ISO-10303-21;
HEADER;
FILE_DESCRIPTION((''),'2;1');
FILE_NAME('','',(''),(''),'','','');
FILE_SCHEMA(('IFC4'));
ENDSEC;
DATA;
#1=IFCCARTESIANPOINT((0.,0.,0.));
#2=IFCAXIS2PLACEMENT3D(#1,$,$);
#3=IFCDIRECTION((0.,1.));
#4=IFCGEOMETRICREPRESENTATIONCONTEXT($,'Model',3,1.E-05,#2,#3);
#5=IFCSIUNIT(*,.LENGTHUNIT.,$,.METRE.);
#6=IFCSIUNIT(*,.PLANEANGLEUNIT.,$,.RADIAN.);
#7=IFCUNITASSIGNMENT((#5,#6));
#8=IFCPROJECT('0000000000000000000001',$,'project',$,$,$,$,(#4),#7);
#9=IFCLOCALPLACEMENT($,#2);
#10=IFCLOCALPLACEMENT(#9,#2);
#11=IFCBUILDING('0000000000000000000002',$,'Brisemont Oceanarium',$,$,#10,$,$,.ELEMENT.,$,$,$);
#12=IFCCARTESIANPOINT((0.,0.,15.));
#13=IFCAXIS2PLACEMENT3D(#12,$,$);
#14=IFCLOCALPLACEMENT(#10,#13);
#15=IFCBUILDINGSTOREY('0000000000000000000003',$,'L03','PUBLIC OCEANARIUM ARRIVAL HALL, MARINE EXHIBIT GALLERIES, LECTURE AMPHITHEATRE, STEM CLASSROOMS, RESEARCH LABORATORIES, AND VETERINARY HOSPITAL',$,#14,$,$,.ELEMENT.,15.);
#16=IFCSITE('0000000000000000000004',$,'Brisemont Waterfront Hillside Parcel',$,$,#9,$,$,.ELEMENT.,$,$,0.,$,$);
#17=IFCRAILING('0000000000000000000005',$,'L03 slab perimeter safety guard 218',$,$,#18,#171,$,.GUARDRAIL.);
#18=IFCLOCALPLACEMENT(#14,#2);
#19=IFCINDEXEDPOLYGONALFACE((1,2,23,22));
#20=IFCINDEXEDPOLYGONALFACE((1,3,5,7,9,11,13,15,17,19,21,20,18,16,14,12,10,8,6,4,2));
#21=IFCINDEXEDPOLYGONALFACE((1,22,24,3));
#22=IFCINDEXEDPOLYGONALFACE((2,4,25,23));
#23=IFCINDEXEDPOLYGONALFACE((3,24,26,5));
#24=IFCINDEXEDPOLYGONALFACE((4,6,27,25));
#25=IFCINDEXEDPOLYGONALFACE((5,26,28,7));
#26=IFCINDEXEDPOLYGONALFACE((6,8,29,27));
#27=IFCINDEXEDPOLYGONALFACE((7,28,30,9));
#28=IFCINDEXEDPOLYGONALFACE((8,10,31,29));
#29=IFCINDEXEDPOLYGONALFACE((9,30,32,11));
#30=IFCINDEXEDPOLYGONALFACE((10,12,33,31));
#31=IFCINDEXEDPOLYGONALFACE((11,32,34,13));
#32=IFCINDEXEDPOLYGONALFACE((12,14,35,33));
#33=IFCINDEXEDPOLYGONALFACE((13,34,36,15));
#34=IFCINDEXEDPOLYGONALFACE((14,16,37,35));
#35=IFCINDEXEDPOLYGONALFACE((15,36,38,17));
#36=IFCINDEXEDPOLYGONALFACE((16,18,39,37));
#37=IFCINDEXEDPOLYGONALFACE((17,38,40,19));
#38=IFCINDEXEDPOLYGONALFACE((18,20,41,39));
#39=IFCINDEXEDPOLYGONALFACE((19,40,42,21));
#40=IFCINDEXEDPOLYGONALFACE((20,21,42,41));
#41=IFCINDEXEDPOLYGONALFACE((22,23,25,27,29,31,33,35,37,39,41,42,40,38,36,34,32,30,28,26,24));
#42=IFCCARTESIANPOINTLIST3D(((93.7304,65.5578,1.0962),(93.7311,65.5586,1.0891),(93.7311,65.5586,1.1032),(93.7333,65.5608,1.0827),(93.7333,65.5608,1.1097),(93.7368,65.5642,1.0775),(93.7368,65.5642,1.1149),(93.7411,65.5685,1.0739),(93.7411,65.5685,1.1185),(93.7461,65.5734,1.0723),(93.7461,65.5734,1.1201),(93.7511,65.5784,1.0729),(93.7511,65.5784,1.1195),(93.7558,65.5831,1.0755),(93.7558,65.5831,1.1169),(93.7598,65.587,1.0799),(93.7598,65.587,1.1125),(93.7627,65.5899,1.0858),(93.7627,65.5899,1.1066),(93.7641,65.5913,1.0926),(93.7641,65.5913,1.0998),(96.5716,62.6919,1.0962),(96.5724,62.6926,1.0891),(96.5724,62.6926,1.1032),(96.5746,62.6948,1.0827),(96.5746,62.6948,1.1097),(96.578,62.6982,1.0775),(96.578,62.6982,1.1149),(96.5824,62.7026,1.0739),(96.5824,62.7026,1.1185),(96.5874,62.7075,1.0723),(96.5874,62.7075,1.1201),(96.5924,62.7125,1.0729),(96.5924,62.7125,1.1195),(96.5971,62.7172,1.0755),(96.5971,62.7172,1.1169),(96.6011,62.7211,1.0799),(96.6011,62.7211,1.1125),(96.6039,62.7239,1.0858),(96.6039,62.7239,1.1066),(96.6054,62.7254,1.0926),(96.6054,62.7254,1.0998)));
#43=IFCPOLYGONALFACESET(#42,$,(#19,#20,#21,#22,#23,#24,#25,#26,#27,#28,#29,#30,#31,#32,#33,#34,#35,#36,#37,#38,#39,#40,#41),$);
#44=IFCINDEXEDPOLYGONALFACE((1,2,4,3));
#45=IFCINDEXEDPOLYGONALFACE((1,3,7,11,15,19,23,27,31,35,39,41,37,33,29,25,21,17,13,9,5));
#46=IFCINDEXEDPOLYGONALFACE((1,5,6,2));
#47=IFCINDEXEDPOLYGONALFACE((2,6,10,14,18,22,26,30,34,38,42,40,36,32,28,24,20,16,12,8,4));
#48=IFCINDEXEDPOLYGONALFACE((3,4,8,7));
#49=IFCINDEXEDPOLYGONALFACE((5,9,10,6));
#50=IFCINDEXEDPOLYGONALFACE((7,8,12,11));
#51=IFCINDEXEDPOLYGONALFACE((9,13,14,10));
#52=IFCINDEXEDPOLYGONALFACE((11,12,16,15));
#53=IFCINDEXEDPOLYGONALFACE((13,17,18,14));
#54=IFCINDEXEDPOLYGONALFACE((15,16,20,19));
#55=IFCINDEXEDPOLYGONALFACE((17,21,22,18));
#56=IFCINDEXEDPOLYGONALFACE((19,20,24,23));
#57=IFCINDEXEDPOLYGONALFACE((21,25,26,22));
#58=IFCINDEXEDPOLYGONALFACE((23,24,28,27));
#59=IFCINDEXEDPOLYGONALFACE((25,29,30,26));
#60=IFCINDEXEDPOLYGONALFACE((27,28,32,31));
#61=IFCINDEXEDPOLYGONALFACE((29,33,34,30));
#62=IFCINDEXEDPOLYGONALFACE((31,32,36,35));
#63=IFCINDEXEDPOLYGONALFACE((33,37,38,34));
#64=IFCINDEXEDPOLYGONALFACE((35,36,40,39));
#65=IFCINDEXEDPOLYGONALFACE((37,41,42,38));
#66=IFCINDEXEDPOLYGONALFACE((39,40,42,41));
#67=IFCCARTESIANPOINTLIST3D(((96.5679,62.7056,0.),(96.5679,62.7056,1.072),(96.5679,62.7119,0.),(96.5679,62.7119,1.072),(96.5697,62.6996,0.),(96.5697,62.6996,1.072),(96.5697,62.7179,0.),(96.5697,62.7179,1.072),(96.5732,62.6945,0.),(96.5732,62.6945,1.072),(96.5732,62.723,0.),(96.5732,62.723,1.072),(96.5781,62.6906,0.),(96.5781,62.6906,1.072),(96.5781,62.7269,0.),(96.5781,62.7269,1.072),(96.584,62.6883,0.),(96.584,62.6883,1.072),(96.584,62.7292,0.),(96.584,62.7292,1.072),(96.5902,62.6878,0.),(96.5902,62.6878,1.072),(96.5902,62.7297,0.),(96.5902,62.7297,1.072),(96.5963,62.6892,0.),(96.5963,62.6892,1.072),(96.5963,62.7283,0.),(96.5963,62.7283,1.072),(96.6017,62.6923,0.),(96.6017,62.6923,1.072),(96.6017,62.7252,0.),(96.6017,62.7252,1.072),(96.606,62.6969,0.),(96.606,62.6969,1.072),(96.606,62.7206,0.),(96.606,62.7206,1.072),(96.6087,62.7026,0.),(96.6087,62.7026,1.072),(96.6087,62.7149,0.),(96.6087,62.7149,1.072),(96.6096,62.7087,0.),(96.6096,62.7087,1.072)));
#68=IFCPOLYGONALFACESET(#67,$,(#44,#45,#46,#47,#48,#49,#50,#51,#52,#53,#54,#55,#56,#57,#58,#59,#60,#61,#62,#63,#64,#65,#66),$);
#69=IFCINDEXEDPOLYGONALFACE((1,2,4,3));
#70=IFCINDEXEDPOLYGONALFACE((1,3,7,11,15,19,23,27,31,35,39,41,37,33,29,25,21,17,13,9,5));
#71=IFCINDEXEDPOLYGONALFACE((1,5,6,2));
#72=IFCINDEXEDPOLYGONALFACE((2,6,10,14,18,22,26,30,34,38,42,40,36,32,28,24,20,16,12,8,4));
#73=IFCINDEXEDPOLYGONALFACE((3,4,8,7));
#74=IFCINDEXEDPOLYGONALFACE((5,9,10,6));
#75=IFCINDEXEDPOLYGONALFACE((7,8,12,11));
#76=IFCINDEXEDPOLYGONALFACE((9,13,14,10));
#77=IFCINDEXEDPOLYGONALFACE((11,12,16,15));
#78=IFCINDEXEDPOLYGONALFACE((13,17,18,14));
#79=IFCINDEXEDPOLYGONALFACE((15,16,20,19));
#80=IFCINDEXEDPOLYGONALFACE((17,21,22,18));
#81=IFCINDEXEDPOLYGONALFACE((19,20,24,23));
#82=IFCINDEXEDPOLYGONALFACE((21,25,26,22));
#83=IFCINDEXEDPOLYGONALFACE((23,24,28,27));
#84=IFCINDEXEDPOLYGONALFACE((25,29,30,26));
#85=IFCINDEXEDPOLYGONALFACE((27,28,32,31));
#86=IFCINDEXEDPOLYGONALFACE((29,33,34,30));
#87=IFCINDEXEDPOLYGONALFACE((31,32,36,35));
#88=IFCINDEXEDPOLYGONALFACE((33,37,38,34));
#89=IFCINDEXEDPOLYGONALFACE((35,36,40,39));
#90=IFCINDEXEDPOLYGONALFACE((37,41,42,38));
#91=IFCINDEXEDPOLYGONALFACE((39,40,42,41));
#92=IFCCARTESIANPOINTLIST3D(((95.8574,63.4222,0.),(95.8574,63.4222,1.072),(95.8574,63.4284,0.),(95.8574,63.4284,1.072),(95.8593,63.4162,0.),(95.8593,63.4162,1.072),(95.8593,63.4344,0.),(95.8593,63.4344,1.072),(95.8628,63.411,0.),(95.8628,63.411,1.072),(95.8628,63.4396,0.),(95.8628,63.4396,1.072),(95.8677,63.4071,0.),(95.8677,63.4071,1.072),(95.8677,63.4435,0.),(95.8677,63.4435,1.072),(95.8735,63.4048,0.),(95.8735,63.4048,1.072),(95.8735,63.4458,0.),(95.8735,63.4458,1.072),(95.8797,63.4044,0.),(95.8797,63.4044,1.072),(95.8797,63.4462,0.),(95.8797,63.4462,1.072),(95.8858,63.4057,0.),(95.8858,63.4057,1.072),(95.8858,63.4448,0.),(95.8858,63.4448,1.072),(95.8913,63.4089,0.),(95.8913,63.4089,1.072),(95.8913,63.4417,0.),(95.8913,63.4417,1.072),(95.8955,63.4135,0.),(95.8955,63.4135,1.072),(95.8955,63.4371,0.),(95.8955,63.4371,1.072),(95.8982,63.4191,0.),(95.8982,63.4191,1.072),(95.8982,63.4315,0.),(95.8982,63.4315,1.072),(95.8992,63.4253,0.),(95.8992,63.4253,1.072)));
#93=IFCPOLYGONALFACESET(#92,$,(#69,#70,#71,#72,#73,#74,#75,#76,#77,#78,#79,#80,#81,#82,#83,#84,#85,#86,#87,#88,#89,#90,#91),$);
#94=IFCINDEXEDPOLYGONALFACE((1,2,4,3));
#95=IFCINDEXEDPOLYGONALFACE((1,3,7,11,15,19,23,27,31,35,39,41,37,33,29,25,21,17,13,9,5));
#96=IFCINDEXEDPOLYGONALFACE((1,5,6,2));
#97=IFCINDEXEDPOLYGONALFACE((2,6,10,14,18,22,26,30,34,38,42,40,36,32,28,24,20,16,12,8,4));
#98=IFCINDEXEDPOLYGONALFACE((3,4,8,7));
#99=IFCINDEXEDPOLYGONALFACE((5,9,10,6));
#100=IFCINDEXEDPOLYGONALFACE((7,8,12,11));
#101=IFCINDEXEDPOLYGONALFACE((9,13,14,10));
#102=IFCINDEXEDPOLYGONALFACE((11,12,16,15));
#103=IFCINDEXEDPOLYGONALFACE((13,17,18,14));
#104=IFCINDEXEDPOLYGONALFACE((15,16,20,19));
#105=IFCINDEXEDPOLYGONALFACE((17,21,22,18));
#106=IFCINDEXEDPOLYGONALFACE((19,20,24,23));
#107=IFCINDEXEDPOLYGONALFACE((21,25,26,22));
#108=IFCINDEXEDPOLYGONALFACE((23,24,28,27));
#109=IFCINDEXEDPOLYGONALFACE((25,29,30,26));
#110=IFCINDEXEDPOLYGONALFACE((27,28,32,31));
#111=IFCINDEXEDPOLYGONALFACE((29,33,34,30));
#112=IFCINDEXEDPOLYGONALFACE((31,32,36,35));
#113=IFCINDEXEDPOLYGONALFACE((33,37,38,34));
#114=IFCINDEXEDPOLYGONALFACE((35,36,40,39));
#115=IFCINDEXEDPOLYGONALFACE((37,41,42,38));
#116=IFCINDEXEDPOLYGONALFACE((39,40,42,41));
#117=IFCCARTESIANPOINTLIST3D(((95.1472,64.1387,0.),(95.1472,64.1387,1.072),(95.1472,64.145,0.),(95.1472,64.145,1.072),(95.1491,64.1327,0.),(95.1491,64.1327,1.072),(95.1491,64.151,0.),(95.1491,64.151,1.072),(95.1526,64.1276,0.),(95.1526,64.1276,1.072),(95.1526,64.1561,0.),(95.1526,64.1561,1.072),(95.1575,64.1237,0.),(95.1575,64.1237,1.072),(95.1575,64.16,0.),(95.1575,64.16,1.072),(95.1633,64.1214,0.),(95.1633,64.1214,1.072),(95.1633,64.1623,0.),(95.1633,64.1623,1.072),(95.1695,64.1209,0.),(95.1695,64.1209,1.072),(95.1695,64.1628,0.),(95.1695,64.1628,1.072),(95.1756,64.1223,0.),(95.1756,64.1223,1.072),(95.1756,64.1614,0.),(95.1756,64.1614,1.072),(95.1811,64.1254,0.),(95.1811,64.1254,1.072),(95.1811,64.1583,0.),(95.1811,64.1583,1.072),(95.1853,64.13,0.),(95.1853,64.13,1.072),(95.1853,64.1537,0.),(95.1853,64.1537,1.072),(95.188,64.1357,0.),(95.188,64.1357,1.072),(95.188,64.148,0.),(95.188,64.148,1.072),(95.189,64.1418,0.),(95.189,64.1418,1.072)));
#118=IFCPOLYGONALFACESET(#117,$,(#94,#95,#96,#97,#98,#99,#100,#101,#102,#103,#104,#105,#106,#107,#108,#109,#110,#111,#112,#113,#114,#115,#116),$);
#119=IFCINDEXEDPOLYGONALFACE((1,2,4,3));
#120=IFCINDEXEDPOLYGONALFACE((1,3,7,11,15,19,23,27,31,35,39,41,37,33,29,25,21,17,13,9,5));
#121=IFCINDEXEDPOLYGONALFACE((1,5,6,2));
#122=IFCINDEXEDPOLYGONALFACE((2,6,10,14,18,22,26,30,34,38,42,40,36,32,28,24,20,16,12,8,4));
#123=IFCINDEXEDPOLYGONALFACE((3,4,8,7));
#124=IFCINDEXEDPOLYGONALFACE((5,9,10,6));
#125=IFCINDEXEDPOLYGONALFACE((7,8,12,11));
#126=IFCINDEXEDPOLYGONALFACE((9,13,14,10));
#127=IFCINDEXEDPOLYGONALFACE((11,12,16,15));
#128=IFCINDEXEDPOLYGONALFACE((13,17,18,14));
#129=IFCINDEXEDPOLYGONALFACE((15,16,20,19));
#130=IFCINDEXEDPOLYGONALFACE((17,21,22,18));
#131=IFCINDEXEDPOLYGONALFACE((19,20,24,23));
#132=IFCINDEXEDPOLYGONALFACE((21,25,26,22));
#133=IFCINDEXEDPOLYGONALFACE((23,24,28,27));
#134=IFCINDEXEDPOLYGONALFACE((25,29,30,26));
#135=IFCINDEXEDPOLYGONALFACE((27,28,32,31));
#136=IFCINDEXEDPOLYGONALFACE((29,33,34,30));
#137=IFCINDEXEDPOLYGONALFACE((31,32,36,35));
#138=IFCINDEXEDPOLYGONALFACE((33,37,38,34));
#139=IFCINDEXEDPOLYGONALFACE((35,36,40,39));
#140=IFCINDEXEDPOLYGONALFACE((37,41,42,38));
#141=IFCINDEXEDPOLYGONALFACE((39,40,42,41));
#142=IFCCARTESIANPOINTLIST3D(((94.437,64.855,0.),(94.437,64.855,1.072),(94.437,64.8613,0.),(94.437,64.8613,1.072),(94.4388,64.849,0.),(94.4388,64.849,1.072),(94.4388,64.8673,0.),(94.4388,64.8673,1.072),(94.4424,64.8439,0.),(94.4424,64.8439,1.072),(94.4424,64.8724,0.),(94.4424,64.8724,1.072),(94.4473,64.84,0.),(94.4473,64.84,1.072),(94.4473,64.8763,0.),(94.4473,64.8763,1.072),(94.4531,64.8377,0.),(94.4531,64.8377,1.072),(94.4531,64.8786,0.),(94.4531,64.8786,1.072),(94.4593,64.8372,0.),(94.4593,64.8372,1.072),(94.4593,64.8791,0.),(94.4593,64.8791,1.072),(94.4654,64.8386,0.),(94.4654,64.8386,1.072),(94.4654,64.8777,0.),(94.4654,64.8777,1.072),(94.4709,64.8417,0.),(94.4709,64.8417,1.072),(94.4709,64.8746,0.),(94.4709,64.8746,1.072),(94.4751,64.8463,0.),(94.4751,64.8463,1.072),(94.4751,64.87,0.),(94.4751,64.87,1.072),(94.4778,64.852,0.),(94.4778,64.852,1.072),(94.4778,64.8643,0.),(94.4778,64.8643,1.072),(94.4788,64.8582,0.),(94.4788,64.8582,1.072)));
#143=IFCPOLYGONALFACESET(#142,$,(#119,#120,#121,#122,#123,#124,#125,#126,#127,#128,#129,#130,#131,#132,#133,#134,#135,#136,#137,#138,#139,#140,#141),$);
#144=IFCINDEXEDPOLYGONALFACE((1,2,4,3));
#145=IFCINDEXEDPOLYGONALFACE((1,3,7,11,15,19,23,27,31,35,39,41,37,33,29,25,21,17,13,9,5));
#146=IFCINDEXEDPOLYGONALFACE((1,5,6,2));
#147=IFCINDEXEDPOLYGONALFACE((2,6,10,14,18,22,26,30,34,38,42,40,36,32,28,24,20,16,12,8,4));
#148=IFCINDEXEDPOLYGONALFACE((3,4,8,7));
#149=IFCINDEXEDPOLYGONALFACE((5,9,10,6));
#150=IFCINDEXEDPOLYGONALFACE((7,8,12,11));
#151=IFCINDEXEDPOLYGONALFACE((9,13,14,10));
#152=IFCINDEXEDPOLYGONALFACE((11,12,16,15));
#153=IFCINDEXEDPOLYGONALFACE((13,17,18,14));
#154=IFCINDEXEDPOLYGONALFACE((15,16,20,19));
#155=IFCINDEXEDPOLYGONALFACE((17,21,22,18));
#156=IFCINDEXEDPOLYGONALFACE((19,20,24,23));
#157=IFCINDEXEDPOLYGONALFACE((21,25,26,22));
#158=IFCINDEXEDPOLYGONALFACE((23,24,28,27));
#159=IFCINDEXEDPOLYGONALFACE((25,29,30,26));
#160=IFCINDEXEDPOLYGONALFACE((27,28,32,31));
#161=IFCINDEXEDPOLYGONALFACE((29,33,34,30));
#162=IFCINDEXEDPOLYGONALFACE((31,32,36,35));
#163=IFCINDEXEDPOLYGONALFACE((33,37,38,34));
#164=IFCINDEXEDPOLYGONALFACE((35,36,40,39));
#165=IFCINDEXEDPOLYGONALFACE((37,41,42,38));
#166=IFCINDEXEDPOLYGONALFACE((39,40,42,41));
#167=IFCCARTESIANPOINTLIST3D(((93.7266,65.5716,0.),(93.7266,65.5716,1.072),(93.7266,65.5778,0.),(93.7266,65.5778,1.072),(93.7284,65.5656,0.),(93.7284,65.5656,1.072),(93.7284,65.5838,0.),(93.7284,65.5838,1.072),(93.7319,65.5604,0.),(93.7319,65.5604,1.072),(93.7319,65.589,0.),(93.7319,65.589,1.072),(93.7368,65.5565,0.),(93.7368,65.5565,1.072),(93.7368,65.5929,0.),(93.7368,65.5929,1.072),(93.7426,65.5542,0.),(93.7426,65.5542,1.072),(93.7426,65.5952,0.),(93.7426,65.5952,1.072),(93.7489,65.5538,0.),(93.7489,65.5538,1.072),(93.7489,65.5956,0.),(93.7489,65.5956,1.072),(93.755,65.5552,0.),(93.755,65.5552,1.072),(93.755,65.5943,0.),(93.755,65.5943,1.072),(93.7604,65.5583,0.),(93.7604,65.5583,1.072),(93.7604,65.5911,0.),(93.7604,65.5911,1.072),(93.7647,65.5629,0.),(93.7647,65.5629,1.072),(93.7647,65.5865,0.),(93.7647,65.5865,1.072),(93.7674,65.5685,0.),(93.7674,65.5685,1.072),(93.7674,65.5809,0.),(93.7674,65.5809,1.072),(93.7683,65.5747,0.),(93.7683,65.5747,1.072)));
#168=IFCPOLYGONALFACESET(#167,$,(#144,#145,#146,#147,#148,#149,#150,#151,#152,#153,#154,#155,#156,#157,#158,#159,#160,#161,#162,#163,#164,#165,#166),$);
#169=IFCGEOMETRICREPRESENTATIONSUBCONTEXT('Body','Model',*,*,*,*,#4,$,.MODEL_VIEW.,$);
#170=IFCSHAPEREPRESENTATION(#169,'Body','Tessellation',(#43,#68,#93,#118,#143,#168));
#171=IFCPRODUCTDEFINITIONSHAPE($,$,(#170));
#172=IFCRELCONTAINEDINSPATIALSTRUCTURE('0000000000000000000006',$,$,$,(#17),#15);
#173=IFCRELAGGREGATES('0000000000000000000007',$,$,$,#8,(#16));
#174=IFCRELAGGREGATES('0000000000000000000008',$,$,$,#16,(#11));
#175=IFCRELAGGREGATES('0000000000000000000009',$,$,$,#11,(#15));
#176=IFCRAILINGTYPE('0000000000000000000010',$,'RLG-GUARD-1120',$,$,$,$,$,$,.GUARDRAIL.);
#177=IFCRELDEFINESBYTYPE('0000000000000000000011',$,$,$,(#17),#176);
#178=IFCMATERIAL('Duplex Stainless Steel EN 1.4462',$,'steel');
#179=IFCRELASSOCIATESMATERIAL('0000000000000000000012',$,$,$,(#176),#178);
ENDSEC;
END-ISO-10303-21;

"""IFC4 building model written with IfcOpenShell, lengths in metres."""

from ifc_helpers import new_model, si_unit, direction, frame, origin, origin_2d, place, context, subcontext, project, spatial, circle, extrude, material, type_object, element, save


model = new_model("IFC4")

# Units and contexts
model_context = context("Model", 3, precision=1e-05, world=origin(), true_north=direction((0.0, 1.0)))
body_context = subcontext(model_context, "Body", "Model", "MODEL_VIEW")
ifc_project = project(units=[si_unit("LENGTHUNIT", "METRE"), si_unit("PLANEANGLEUNIT", "RADIAN")], contexts=[model_context])

# Site, building, storey
site_placement = place(None, origin())
site = spatial("IfcSite", under=ifc_project, at=site_placement, Name="Brisemont Waterfront Hillside Parcel", CompositionType="ELEMENT", RefElevation=0.0)
building_placement = place(site_placement, origin())
building = spatial("IfcBuilding", under=site, at=building_placement, Name="Brisemont Oceanarium", CompositionType="ELEMENT")
storey_placement = place(building_placement, frame((0.0, 0.0, 15.0)))
storey = spatial("IfcBuildingStorey", under=building, at=storey_placement, Name="L03", Description="PUBLIC OCEANARIUM ARRIVAL HALL, MARINE EXHIBIT GALLERIES, LECTURE AMPHITHEATRE, STEM CLASSROOMS, RESEARCH LABORATORIES, AND VETERINARY HOSPITAL", CompositionType="ELEMENT", Elevation=15.0)

# Railing
ifc_material_1 = material(Name="Duplex Stainless Steel EN 1.4462", Category="steel")
railing_type_1 = type_object("IfcRailingType", Name="RLG-GUARD-1120", PredefinedType="GUARDRAIL", material=ifc_material_1)
railing_1_placement = place(storey_placement, frame((96.5886, 62.7087, 0.0)))
element("IfcRailing", 1, at=railing_1_placement, inside=storey, type_object=railing_type_1, Name="L03 slab perimeter safety guard 218", PredefinedType="GUARDRAIL", context=body_context, shape_type="SweptSolid", body=[
    extrude(circle(Radius=0.0239, at=origin_2d()), frame((0.0, 0.0, 1.0962), z_axis=(-0.704045, 0.710155, 0.0), x_axis=(-0.710155, -0.704045, 0.0)), (0.0, 0.0, 1.0), 4.0356),
    extrude(circle(Radius=0.021, at=origin_2d()), origin(), (0.0, 0.0, 1.0), 1.072),
    extrude(circle(Radius=0.021, at=origin_2d()), frame((-0.7104, 0.7166, 0.0)), (0.0, 0.0, 1.0), 1.072),
    extrude(circle(Radius=0.021, at=origin_2d()), frame((-1.4207, 1.4331, 0.0)), (0.0, 0.0, 1.0), 1.072),
    extrude(circle(Radius=0.021, at=origin_2d()), frame((-2.1309, 2.1494, 0.0)), (0.0, 0.0, 1.0), 1.072),
    extrude(circle(Radius=0.021, at=origin_2d()), frame((-2.8413, 2.866, 0.0)), (0.0, 0.0, 1.0), 1.072),
])

save(model, "model.ifc")
